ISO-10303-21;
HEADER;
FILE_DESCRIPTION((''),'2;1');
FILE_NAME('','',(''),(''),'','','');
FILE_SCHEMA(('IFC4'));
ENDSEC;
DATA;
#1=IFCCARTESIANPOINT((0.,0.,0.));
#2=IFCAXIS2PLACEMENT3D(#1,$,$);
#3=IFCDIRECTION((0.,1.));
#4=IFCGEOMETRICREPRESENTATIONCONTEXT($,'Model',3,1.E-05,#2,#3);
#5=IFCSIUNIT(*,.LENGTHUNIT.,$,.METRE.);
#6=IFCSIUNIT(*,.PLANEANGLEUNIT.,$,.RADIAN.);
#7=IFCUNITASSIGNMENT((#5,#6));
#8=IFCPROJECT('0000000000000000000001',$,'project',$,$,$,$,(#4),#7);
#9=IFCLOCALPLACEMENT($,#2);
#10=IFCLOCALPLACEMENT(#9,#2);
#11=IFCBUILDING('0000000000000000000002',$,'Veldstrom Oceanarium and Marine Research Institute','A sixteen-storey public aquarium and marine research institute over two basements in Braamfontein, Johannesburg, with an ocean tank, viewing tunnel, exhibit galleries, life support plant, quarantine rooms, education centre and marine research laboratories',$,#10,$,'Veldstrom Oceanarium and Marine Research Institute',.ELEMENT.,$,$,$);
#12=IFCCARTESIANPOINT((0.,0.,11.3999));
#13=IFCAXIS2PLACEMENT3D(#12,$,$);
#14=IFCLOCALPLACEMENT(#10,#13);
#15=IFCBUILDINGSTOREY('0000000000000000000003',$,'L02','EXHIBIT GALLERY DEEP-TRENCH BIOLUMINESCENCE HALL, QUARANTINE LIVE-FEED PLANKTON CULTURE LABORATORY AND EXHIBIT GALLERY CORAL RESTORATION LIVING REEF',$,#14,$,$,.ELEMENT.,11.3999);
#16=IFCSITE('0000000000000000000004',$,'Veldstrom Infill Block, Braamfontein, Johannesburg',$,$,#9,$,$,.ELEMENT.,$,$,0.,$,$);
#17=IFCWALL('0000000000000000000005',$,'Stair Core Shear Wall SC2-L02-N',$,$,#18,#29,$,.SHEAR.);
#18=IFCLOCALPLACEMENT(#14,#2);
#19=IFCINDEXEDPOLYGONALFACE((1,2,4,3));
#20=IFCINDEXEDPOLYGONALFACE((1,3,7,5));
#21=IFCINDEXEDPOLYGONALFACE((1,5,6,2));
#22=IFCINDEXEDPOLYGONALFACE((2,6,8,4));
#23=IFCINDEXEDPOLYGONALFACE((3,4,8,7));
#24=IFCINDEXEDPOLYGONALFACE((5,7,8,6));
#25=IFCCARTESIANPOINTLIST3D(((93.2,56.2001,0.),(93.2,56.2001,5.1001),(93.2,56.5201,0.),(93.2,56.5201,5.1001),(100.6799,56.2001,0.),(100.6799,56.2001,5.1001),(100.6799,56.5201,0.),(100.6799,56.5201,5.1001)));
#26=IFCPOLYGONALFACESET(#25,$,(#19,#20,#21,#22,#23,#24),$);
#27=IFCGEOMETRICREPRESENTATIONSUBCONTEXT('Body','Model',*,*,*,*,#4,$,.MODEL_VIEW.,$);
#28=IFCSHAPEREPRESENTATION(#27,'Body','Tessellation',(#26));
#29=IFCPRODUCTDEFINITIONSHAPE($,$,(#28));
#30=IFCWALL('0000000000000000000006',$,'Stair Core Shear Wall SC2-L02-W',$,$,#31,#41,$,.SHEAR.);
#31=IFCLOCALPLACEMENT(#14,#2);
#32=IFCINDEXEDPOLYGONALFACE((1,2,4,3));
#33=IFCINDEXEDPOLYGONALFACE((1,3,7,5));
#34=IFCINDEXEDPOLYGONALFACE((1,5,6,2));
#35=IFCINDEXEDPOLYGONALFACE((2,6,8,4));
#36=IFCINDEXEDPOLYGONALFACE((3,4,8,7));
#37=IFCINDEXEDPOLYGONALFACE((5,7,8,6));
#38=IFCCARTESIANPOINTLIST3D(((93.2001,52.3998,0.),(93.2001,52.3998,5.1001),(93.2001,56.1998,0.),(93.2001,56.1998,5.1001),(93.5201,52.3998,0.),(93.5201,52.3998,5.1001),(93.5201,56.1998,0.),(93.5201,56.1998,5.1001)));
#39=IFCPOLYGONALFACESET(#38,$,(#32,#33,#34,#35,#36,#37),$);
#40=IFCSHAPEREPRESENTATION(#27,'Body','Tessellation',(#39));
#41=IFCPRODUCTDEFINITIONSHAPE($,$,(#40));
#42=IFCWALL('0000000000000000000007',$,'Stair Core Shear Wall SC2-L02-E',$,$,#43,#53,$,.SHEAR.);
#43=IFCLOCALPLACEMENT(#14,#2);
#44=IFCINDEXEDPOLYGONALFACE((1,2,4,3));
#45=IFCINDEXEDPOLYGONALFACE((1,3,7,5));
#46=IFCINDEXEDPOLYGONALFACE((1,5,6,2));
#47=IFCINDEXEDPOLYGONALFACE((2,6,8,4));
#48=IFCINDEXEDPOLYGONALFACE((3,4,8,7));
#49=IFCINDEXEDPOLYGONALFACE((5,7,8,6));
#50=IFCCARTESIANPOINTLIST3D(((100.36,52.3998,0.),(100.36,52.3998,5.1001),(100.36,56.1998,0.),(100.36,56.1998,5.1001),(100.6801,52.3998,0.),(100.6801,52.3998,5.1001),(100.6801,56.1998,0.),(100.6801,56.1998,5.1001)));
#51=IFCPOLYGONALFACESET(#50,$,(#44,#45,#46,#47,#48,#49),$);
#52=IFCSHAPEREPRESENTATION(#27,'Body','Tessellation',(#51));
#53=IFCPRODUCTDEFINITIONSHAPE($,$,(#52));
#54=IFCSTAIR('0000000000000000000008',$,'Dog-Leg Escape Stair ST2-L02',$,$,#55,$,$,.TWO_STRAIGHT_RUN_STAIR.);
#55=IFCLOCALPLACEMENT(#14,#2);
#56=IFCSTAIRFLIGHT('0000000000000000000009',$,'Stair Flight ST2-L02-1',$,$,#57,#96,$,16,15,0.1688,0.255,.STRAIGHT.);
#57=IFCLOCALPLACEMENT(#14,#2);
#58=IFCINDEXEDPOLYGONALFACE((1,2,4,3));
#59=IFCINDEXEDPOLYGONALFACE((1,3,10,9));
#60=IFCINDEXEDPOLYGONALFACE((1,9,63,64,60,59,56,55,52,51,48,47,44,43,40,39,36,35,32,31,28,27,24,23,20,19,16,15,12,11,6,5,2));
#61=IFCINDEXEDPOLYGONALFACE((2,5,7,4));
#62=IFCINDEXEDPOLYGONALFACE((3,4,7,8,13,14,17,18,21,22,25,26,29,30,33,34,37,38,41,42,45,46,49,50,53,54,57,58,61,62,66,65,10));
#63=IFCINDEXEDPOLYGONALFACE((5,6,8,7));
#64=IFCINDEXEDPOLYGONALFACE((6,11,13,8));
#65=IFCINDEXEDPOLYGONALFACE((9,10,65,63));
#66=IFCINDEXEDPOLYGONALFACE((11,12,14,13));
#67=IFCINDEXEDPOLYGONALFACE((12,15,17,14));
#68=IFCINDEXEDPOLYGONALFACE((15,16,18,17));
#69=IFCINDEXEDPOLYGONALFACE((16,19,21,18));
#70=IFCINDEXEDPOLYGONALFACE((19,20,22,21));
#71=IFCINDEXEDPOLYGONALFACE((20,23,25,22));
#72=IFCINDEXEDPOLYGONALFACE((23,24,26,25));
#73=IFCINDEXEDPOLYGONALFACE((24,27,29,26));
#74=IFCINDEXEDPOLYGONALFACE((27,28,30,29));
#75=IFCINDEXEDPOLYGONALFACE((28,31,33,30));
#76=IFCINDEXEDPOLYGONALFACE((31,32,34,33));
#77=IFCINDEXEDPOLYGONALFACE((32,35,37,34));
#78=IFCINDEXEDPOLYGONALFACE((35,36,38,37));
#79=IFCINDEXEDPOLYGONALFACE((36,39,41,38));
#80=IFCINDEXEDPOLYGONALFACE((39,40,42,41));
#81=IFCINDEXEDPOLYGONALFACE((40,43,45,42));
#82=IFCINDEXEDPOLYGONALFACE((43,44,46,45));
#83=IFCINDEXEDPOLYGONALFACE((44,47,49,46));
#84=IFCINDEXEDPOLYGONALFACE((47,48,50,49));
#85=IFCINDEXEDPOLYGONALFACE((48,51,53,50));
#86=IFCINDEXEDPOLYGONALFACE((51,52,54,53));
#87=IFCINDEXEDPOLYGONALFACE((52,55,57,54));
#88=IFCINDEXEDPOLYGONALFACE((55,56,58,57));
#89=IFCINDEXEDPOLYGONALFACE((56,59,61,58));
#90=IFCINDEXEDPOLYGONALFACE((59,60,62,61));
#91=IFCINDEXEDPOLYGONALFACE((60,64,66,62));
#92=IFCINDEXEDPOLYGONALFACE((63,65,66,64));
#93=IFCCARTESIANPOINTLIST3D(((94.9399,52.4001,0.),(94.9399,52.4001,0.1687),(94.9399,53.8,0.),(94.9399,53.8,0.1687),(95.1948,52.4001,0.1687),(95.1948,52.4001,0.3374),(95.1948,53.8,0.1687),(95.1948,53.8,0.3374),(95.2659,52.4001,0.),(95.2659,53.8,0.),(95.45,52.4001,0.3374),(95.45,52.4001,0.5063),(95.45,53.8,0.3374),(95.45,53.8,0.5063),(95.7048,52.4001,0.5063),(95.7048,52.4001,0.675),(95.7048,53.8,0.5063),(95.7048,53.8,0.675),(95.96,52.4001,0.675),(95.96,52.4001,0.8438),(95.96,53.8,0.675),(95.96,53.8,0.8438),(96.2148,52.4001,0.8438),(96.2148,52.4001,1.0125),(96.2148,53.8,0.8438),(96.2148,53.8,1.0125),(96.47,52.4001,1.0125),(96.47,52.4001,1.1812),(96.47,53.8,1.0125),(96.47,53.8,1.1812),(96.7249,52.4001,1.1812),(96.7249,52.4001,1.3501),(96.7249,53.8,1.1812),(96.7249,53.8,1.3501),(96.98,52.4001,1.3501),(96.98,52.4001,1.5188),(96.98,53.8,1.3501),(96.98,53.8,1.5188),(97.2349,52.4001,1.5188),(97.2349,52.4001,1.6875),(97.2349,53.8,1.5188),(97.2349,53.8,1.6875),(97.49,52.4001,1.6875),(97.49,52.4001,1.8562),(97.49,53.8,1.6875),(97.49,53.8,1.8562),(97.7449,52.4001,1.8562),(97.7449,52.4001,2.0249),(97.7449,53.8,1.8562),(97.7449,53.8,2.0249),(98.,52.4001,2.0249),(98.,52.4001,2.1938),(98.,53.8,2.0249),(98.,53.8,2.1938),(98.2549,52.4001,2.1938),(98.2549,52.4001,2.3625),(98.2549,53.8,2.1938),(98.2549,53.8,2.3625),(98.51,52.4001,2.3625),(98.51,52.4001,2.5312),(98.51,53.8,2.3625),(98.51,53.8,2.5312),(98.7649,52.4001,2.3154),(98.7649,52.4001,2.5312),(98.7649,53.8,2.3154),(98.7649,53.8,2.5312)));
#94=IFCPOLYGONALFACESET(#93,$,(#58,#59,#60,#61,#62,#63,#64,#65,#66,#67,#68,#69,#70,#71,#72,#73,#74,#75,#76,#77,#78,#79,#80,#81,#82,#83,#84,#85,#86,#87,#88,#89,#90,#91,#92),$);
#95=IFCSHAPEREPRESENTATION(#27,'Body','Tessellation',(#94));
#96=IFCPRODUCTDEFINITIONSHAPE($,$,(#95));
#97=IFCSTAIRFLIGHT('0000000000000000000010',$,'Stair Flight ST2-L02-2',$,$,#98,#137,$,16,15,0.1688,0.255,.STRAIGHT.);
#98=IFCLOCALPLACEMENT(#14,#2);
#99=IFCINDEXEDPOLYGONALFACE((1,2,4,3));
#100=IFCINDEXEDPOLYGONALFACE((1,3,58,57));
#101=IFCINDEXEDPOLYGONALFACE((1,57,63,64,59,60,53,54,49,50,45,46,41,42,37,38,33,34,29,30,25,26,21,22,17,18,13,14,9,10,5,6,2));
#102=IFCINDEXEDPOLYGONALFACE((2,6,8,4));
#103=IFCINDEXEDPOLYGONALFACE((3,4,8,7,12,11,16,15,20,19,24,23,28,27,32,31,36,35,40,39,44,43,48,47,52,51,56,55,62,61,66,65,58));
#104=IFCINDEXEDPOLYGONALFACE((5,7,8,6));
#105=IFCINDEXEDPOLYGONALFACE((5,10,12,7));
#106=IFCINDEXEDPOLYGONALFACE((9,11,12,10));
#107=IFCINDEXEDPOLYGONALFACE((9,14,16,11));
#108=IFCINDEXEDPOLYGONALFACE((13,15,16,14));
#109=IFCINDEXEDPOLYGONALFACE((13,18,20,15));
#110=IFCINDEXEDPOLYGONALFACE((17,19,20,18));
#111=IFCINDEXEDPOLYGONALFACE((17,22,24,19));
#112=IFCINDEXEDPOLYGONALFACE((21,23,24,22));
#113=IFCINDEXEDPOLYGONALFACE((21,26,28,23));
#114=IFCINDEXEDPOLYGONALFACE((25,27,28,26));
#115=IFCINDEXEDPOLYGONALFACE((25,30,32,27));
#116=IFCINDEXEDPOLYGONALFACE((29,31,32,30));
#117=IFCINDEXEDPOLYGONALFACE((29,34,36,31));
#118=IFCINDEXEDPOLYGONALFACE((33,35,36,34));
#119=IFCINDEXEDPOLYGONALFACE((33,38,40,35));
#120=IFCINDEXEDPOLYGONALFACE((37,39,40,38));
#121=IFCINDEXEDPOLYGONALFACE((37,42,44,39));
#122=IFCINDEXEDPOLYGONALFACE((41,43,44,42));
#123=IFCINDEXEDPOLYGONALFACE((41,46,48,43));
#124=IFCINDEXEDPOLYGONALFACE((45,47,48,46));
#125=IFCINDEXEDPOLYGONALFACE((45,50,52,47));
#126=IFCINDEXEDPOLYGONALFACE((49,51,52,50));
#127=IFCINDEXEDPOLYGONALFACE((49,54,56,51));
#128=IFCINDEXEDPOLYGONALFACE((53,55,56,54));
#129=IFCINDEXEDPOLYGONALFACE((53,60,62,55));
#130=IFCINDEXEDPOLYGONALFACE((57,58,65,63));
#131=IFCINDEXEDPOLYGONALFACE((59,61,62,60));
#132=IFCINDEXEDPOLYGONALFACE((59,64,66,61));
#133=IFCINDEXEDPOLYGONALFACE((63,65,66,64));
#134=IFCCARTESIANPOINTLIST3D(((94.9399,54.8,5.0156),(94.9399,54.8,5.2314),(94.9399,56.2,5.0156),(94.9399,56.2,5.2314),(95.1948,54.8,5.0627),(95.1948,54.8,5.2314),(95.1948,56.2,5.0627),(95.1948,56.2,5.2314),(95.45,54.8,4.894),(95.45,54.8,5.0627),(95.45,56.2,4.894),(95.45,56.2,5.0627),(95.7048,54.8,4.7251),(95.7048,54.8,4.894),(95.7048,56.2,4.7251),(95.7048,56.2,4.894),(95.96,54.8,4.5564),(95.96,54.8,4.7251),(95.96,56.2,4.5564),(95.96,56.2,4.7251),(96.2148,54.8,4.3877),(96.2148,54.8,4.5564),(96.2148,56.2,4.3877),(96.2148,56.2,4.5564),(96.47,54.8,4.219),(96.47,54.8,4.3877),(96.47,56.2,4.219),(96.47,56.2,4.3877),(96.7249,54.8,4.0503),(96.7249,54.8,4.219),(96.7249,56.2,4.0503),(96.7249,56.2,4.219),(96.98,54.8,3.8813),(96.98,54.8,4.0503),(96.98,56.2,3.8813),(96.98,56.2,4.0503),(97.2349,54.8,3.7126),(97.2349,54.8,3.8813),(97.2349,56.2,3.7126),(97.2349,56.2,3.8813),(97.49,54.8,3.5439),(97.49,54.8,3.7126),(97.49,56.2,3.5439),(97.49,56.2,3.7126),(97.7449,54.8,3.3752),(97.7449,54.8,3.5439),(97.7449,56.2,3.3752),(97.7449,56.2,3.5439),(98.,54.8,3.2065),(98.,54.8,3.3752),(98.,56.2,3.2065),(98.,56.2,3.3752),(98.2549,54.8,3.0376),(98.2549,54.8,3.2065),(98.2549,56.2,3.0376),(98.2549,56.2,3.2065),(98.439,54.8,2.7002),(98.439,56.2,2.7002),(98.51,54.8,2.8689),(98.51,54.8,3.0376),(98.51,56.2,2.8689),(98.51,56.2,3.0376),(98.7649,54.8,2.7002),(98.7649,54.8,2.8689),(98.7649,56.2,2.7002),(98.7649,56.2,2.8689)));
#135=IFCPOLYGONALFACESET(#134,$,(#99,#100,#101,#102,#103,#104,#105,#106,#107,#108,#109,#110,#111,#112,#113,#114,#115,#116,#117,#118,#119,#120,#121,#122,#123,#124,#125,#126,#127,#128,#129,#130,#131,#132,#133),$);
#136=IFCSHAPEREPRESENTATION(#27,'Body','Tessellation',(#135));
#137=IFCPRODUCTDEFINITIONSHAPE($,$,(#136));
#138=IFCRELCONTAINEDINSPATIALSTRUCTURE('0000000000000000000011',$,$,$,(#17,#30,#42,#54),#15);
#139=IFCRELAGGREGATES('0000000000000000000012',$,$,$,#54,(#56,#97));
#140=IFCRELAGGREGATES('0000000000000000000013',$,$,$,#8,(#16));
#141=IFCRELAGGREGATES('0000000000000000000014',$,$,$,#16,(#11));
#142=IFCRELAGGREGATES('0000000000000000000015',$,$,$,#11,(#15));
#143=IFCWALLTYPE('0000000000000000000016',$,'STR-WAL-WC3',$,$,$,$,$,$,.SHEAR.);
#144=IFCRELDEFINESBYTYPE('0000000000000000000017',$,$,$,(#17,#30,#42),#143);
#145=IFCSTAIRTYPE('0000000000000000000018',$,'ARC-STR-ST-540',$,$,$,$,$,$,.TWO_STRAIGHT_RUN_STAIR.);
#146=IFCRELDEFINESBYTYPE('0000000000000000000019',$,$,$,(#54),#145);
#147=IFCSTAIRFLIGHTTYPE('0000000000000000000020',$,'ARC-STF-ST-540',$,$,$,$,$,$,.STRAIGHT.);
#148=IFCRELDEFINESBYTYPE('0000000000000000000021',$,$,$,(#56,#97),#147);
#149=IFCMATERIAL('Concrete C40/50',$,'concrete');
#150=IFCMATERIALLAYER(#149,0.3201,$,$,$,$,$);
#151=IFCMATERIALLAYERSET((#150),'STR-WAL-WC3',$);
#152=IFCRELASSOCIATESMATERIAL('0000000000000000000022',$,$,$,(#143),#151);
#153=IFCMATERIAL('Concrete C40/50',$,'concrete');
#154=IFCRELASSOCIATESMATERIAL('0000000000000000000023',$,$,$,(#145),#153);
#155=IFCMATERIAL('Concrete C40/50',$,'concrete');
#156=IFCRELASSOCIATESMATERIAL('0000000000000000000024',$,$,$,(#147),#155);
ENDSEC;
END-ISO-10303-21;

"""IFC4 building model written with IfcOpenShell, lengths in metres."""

from ifc_helpers import new_model, si_unit, direction, frame, frame_2d, origin, place, context, subcontext, project, spatial, polyline, rectangle, outline, extrude, material, layer, layer_set, type_object, element, aggregate, save


model = new_model("IFC4")

# Units and contexts
model_context = context("Model", 3, precision=1e-05, world=origin(), true_north=direction((0.0, 1.0)))
body_context = subcontext(model_context, "Body", "Model", "MODEL_VIEW")
ifc_project = project(units=[si_unit("LENGTHUNIT", "METRE"), si_unit("PLANEANGLEUNIT", "RADIAN")], contexts=[model_context])

# Site, building, storey
site_placement = place(None, origin())
site = spatial("IfcSite", under=ifc_project, at=site_placement, Name="Veldstrom Infill Block, Braamfontein, Johannesburg", CompositionType="ELEMENT", RefElevation=0.0)
building_placement = place(site_placement, origin())
building = spatial("IfcBuilding", under=site, at=building_placement, Name="Veldstrom Oceanarium and Marine Research Institute", Description="A sixteen-storey public aquarium and marine research institute over two basements in Braamfontein, Johannesburg, with an ocean tank, viewing tunnel, exhibit galleries, life support plant, quarantine rooms, education centre and marine research laboratories", LongName="Veldstrom Oceanarium and Marine Research Institute", CompositionType="ELEMENT")
storey_placement = place(building_placement, frame((0.0, 0.0, 11.3999)))
storey = spatial("IfcBuildingStorey", under=building, at=storey_placement, Name="L02", Description="EXHIBIT GALLERY DEEP-TRENCH BIOLUMINESCENCE HALL, QUARANTINE LIVE-FEED PLANKTON CULTURE LABORATORY AND EXHIBIT GALLERY CORAL RESTORATION LIVING REEF", CompositionType="ELEMENT", Elevation=11.3999)

# Shared definitions
ifc_material_1 = material(Name="Concrete C40/50", Category="concrete")
ifc_layer_1 = layer(ifc_material_1, 0.3201)
ifc_layer_set_1 = layer_set([ifc_layer_1], Name="STR-WAL-WC3")
wall_type_1 = type_object("IfcWallType", Name="STR-WAL-WC3", PredefinedType="SHEAR", material=ifc_layer_set_1)

# Walls
wall_1_placement = place(storey_placement, frame((93.2, 56.3601, 0.0), z_axis=(0.0, 0.0, 1.0), x_axis=(1.0, 0.0, 0.0)))
element("IfcWall", 1, at=wall_1_placement, inside=storey, type_object=wall_type_1, Name="Stair Core Shear Wall SC2-L02-N", PredefinedType="SHEAR", context=body_context, shape_type="SweptSolid", body=[
    extrude(rectangle(XDim=7.48, YDim=0.3201, at=frame_2d((3.74, 0.0))), origin(), (0.0, 0.0, 1.0), 5.1001),
])
for number, where, z_axis, x_axis, name in (
    (2, (93.3601, 52.3999, 0.0), (0.0, 0.0, 1.0), (0.0, 1.0, 0.0), "Stair Core Shear Wall SC2-L02-W"),
    (3, (100.52, 52.3999, 0.0), (0.0, 0.0, 1.0), (0.0, 1.0, 0.0), "Stair Core Shear Wall SC2-L02-E"),
):
    element("IfcWall", number, at=place(storey_placement, frame(where, z_axis=z_axis, x_axis=x_axis)), inside=storey, type_object=wall_type_1, Name=name, PredefinedType="SHEAR", context=body_context, shape_type="SweptSolid", body=[
        extrude(rectangle(XDim=3.8, YDim=0.3201, at=frame_2d((1.8999, 0.0))), origin(), (0.0, 0.0, 1.0), 5.1001),
    ])

# Stair, stair flights
ifc_material_2 = material(Name="Concrete C40/50", Category="concrete")
stair_type = type_object("IfcStairType", Name="ARC-STR-ST-540", PredefinedType="TWO_STRAIGHT_RUN_STAIR", material=ifc_material_2)
stair_placement = place(storey_placement, origin())
stair = element("IfcStair", 4, at=stair_placement, inside=storey, type_object=stair_type, Name="Dog-Leg Escape Stair ST2-L02", PredefinedType="TWO_STRAIGHT_RUN_STAIR")
ifc_material_3 = material(Name="Concrete C40/50", Category="concrete")
stair_flight_type = type_object("IfcStairFlightType", Name="ARC-STF-ST-540", PredefinedType="STRAIGHT", material=ifc_material_3)
stair_flight_1_placement = place(storey_placement, frame((94.9399, 53.1001, 0.0), z_axis=(0.0, 0.0, 1.0), x_axis=(1.0, 0.0, 0.0)))
stair_flight_1 = element("IfcStairFlight", 5, at=stair_flight_1_placement, type_object=stair_flight_type, Name="Stair Flight ST2-L02-1", NumberOfRisers=16, NumberOfTreads=15, PredefinedType="STRAIGHT", RiserHeight=0.1688, TreadLength=0.255, context=body_context, shape_type="SweptSolid", body=[
    extrude(outline(polyline([(0.0, 0.0), (0.0, 0.1687), (0.2549, 0.1687), (0.2549, 0.3374), (0.51, 0.3374), (0.51, 0.5063), (0.7649, 0.5063), (0.7649, 0.675), (1.02, 0.675), (1.02, 0.8438), (1.2749, 0.8438), (1.2749, 1.0125), (1.53, 1.0125), (1.53, 1.1812), (1.7849, 1.1812), (1.7849, 1.3501), (2.04, 1.3501), (2.04, 1.5188), (2.2949, 1.5188), (2.2949, 1.6875), (2.55, 1.6875), (2.55, 1.8562), (2.8049, 1.8562), (2.8049, 2.0249), (3.0601, 2.0249), (3.0601, 2.1938), (3.3149, 2.1938), (3.3149, 2.3625), (3.5701, 2.3625), (3.5701, 2.5312), (3.825, 2.5312), (3.825, 2.7), (3.825, 2.3154), (0.3259, 0.0), (0.0, 0.0)])), frame((0.0, 0.7, 0.0), z_axis=(0.0, -1.0, 0.0), x_axis=(1.0, 0.0, 0.0)), (0.0, 0.0, 1.0), 1.3999),
])
stair_flight_2_placement = place(storey_placement, frame((98.7649, 55.5, 2.7002), z_axis=(0.0, 0.0, 1.0), x_axis=(-1.0, 0.0, 0.0)))
stair_flight_2 = element("IfcStairFlight", 6, at=stair_flight_2_placement, type_object=stair_flight_type, Name="Stair Flight ST2-L02-2", NumberOfRisers=16, NumberOfTreads=15, PredefinedType="STRAIGHT", RiserHeight=0.1688, TreadLength=0.255, context=body_context, shape_type="SweptSolid", body=[
    extrude(outline(polyline([(0.0, 0.0), (0.0, 0.1687), (0.2549, 0.1687), (0.2549, 0.3374), (0.51, 0.3374), (0.51, 0.5063), (0.7649, 0.5063), (0.7649, 0.675), (1.02, 0.675), (1.02, 0.8438), (1.2749, 0.8438), (1.2749, 1.0125), (1.53, 1.0125), (1.53, 1.1812), (1.7849, 1.1812), (1.7849, 1.3501), (2.04, 1.3501), (2.04, 1.5188), (2.2949, 1.5188), (2.2949, 1.6875), (2.55, 1.6875), (2.55, 1.8562), (2.8049, 1.8562), (2.8049, 2.0249), (3.0601, 2.0249), (3.0601, 2.1938), (3.3149, 2.1938), (3.3149, 2.3625), (3.5701, 2.3625), (3.5701, 2.5312), (3.825, 2.5312), (3.825, 2.7), (3.825, 2.3154), (0.3259, 0.0), (0.0, 0.0)])), frame((0.0, 0.7, 0.0), z_axis=(0.0, -1.0, 0.0), x_axis=(1.0, 0.0, 0.0)), (0.0, 0.0, 1.0), 1.3999),
])
aggregate(stair, [stair_flight_1, stair_flight_2])

save(model, "model.ifc")
